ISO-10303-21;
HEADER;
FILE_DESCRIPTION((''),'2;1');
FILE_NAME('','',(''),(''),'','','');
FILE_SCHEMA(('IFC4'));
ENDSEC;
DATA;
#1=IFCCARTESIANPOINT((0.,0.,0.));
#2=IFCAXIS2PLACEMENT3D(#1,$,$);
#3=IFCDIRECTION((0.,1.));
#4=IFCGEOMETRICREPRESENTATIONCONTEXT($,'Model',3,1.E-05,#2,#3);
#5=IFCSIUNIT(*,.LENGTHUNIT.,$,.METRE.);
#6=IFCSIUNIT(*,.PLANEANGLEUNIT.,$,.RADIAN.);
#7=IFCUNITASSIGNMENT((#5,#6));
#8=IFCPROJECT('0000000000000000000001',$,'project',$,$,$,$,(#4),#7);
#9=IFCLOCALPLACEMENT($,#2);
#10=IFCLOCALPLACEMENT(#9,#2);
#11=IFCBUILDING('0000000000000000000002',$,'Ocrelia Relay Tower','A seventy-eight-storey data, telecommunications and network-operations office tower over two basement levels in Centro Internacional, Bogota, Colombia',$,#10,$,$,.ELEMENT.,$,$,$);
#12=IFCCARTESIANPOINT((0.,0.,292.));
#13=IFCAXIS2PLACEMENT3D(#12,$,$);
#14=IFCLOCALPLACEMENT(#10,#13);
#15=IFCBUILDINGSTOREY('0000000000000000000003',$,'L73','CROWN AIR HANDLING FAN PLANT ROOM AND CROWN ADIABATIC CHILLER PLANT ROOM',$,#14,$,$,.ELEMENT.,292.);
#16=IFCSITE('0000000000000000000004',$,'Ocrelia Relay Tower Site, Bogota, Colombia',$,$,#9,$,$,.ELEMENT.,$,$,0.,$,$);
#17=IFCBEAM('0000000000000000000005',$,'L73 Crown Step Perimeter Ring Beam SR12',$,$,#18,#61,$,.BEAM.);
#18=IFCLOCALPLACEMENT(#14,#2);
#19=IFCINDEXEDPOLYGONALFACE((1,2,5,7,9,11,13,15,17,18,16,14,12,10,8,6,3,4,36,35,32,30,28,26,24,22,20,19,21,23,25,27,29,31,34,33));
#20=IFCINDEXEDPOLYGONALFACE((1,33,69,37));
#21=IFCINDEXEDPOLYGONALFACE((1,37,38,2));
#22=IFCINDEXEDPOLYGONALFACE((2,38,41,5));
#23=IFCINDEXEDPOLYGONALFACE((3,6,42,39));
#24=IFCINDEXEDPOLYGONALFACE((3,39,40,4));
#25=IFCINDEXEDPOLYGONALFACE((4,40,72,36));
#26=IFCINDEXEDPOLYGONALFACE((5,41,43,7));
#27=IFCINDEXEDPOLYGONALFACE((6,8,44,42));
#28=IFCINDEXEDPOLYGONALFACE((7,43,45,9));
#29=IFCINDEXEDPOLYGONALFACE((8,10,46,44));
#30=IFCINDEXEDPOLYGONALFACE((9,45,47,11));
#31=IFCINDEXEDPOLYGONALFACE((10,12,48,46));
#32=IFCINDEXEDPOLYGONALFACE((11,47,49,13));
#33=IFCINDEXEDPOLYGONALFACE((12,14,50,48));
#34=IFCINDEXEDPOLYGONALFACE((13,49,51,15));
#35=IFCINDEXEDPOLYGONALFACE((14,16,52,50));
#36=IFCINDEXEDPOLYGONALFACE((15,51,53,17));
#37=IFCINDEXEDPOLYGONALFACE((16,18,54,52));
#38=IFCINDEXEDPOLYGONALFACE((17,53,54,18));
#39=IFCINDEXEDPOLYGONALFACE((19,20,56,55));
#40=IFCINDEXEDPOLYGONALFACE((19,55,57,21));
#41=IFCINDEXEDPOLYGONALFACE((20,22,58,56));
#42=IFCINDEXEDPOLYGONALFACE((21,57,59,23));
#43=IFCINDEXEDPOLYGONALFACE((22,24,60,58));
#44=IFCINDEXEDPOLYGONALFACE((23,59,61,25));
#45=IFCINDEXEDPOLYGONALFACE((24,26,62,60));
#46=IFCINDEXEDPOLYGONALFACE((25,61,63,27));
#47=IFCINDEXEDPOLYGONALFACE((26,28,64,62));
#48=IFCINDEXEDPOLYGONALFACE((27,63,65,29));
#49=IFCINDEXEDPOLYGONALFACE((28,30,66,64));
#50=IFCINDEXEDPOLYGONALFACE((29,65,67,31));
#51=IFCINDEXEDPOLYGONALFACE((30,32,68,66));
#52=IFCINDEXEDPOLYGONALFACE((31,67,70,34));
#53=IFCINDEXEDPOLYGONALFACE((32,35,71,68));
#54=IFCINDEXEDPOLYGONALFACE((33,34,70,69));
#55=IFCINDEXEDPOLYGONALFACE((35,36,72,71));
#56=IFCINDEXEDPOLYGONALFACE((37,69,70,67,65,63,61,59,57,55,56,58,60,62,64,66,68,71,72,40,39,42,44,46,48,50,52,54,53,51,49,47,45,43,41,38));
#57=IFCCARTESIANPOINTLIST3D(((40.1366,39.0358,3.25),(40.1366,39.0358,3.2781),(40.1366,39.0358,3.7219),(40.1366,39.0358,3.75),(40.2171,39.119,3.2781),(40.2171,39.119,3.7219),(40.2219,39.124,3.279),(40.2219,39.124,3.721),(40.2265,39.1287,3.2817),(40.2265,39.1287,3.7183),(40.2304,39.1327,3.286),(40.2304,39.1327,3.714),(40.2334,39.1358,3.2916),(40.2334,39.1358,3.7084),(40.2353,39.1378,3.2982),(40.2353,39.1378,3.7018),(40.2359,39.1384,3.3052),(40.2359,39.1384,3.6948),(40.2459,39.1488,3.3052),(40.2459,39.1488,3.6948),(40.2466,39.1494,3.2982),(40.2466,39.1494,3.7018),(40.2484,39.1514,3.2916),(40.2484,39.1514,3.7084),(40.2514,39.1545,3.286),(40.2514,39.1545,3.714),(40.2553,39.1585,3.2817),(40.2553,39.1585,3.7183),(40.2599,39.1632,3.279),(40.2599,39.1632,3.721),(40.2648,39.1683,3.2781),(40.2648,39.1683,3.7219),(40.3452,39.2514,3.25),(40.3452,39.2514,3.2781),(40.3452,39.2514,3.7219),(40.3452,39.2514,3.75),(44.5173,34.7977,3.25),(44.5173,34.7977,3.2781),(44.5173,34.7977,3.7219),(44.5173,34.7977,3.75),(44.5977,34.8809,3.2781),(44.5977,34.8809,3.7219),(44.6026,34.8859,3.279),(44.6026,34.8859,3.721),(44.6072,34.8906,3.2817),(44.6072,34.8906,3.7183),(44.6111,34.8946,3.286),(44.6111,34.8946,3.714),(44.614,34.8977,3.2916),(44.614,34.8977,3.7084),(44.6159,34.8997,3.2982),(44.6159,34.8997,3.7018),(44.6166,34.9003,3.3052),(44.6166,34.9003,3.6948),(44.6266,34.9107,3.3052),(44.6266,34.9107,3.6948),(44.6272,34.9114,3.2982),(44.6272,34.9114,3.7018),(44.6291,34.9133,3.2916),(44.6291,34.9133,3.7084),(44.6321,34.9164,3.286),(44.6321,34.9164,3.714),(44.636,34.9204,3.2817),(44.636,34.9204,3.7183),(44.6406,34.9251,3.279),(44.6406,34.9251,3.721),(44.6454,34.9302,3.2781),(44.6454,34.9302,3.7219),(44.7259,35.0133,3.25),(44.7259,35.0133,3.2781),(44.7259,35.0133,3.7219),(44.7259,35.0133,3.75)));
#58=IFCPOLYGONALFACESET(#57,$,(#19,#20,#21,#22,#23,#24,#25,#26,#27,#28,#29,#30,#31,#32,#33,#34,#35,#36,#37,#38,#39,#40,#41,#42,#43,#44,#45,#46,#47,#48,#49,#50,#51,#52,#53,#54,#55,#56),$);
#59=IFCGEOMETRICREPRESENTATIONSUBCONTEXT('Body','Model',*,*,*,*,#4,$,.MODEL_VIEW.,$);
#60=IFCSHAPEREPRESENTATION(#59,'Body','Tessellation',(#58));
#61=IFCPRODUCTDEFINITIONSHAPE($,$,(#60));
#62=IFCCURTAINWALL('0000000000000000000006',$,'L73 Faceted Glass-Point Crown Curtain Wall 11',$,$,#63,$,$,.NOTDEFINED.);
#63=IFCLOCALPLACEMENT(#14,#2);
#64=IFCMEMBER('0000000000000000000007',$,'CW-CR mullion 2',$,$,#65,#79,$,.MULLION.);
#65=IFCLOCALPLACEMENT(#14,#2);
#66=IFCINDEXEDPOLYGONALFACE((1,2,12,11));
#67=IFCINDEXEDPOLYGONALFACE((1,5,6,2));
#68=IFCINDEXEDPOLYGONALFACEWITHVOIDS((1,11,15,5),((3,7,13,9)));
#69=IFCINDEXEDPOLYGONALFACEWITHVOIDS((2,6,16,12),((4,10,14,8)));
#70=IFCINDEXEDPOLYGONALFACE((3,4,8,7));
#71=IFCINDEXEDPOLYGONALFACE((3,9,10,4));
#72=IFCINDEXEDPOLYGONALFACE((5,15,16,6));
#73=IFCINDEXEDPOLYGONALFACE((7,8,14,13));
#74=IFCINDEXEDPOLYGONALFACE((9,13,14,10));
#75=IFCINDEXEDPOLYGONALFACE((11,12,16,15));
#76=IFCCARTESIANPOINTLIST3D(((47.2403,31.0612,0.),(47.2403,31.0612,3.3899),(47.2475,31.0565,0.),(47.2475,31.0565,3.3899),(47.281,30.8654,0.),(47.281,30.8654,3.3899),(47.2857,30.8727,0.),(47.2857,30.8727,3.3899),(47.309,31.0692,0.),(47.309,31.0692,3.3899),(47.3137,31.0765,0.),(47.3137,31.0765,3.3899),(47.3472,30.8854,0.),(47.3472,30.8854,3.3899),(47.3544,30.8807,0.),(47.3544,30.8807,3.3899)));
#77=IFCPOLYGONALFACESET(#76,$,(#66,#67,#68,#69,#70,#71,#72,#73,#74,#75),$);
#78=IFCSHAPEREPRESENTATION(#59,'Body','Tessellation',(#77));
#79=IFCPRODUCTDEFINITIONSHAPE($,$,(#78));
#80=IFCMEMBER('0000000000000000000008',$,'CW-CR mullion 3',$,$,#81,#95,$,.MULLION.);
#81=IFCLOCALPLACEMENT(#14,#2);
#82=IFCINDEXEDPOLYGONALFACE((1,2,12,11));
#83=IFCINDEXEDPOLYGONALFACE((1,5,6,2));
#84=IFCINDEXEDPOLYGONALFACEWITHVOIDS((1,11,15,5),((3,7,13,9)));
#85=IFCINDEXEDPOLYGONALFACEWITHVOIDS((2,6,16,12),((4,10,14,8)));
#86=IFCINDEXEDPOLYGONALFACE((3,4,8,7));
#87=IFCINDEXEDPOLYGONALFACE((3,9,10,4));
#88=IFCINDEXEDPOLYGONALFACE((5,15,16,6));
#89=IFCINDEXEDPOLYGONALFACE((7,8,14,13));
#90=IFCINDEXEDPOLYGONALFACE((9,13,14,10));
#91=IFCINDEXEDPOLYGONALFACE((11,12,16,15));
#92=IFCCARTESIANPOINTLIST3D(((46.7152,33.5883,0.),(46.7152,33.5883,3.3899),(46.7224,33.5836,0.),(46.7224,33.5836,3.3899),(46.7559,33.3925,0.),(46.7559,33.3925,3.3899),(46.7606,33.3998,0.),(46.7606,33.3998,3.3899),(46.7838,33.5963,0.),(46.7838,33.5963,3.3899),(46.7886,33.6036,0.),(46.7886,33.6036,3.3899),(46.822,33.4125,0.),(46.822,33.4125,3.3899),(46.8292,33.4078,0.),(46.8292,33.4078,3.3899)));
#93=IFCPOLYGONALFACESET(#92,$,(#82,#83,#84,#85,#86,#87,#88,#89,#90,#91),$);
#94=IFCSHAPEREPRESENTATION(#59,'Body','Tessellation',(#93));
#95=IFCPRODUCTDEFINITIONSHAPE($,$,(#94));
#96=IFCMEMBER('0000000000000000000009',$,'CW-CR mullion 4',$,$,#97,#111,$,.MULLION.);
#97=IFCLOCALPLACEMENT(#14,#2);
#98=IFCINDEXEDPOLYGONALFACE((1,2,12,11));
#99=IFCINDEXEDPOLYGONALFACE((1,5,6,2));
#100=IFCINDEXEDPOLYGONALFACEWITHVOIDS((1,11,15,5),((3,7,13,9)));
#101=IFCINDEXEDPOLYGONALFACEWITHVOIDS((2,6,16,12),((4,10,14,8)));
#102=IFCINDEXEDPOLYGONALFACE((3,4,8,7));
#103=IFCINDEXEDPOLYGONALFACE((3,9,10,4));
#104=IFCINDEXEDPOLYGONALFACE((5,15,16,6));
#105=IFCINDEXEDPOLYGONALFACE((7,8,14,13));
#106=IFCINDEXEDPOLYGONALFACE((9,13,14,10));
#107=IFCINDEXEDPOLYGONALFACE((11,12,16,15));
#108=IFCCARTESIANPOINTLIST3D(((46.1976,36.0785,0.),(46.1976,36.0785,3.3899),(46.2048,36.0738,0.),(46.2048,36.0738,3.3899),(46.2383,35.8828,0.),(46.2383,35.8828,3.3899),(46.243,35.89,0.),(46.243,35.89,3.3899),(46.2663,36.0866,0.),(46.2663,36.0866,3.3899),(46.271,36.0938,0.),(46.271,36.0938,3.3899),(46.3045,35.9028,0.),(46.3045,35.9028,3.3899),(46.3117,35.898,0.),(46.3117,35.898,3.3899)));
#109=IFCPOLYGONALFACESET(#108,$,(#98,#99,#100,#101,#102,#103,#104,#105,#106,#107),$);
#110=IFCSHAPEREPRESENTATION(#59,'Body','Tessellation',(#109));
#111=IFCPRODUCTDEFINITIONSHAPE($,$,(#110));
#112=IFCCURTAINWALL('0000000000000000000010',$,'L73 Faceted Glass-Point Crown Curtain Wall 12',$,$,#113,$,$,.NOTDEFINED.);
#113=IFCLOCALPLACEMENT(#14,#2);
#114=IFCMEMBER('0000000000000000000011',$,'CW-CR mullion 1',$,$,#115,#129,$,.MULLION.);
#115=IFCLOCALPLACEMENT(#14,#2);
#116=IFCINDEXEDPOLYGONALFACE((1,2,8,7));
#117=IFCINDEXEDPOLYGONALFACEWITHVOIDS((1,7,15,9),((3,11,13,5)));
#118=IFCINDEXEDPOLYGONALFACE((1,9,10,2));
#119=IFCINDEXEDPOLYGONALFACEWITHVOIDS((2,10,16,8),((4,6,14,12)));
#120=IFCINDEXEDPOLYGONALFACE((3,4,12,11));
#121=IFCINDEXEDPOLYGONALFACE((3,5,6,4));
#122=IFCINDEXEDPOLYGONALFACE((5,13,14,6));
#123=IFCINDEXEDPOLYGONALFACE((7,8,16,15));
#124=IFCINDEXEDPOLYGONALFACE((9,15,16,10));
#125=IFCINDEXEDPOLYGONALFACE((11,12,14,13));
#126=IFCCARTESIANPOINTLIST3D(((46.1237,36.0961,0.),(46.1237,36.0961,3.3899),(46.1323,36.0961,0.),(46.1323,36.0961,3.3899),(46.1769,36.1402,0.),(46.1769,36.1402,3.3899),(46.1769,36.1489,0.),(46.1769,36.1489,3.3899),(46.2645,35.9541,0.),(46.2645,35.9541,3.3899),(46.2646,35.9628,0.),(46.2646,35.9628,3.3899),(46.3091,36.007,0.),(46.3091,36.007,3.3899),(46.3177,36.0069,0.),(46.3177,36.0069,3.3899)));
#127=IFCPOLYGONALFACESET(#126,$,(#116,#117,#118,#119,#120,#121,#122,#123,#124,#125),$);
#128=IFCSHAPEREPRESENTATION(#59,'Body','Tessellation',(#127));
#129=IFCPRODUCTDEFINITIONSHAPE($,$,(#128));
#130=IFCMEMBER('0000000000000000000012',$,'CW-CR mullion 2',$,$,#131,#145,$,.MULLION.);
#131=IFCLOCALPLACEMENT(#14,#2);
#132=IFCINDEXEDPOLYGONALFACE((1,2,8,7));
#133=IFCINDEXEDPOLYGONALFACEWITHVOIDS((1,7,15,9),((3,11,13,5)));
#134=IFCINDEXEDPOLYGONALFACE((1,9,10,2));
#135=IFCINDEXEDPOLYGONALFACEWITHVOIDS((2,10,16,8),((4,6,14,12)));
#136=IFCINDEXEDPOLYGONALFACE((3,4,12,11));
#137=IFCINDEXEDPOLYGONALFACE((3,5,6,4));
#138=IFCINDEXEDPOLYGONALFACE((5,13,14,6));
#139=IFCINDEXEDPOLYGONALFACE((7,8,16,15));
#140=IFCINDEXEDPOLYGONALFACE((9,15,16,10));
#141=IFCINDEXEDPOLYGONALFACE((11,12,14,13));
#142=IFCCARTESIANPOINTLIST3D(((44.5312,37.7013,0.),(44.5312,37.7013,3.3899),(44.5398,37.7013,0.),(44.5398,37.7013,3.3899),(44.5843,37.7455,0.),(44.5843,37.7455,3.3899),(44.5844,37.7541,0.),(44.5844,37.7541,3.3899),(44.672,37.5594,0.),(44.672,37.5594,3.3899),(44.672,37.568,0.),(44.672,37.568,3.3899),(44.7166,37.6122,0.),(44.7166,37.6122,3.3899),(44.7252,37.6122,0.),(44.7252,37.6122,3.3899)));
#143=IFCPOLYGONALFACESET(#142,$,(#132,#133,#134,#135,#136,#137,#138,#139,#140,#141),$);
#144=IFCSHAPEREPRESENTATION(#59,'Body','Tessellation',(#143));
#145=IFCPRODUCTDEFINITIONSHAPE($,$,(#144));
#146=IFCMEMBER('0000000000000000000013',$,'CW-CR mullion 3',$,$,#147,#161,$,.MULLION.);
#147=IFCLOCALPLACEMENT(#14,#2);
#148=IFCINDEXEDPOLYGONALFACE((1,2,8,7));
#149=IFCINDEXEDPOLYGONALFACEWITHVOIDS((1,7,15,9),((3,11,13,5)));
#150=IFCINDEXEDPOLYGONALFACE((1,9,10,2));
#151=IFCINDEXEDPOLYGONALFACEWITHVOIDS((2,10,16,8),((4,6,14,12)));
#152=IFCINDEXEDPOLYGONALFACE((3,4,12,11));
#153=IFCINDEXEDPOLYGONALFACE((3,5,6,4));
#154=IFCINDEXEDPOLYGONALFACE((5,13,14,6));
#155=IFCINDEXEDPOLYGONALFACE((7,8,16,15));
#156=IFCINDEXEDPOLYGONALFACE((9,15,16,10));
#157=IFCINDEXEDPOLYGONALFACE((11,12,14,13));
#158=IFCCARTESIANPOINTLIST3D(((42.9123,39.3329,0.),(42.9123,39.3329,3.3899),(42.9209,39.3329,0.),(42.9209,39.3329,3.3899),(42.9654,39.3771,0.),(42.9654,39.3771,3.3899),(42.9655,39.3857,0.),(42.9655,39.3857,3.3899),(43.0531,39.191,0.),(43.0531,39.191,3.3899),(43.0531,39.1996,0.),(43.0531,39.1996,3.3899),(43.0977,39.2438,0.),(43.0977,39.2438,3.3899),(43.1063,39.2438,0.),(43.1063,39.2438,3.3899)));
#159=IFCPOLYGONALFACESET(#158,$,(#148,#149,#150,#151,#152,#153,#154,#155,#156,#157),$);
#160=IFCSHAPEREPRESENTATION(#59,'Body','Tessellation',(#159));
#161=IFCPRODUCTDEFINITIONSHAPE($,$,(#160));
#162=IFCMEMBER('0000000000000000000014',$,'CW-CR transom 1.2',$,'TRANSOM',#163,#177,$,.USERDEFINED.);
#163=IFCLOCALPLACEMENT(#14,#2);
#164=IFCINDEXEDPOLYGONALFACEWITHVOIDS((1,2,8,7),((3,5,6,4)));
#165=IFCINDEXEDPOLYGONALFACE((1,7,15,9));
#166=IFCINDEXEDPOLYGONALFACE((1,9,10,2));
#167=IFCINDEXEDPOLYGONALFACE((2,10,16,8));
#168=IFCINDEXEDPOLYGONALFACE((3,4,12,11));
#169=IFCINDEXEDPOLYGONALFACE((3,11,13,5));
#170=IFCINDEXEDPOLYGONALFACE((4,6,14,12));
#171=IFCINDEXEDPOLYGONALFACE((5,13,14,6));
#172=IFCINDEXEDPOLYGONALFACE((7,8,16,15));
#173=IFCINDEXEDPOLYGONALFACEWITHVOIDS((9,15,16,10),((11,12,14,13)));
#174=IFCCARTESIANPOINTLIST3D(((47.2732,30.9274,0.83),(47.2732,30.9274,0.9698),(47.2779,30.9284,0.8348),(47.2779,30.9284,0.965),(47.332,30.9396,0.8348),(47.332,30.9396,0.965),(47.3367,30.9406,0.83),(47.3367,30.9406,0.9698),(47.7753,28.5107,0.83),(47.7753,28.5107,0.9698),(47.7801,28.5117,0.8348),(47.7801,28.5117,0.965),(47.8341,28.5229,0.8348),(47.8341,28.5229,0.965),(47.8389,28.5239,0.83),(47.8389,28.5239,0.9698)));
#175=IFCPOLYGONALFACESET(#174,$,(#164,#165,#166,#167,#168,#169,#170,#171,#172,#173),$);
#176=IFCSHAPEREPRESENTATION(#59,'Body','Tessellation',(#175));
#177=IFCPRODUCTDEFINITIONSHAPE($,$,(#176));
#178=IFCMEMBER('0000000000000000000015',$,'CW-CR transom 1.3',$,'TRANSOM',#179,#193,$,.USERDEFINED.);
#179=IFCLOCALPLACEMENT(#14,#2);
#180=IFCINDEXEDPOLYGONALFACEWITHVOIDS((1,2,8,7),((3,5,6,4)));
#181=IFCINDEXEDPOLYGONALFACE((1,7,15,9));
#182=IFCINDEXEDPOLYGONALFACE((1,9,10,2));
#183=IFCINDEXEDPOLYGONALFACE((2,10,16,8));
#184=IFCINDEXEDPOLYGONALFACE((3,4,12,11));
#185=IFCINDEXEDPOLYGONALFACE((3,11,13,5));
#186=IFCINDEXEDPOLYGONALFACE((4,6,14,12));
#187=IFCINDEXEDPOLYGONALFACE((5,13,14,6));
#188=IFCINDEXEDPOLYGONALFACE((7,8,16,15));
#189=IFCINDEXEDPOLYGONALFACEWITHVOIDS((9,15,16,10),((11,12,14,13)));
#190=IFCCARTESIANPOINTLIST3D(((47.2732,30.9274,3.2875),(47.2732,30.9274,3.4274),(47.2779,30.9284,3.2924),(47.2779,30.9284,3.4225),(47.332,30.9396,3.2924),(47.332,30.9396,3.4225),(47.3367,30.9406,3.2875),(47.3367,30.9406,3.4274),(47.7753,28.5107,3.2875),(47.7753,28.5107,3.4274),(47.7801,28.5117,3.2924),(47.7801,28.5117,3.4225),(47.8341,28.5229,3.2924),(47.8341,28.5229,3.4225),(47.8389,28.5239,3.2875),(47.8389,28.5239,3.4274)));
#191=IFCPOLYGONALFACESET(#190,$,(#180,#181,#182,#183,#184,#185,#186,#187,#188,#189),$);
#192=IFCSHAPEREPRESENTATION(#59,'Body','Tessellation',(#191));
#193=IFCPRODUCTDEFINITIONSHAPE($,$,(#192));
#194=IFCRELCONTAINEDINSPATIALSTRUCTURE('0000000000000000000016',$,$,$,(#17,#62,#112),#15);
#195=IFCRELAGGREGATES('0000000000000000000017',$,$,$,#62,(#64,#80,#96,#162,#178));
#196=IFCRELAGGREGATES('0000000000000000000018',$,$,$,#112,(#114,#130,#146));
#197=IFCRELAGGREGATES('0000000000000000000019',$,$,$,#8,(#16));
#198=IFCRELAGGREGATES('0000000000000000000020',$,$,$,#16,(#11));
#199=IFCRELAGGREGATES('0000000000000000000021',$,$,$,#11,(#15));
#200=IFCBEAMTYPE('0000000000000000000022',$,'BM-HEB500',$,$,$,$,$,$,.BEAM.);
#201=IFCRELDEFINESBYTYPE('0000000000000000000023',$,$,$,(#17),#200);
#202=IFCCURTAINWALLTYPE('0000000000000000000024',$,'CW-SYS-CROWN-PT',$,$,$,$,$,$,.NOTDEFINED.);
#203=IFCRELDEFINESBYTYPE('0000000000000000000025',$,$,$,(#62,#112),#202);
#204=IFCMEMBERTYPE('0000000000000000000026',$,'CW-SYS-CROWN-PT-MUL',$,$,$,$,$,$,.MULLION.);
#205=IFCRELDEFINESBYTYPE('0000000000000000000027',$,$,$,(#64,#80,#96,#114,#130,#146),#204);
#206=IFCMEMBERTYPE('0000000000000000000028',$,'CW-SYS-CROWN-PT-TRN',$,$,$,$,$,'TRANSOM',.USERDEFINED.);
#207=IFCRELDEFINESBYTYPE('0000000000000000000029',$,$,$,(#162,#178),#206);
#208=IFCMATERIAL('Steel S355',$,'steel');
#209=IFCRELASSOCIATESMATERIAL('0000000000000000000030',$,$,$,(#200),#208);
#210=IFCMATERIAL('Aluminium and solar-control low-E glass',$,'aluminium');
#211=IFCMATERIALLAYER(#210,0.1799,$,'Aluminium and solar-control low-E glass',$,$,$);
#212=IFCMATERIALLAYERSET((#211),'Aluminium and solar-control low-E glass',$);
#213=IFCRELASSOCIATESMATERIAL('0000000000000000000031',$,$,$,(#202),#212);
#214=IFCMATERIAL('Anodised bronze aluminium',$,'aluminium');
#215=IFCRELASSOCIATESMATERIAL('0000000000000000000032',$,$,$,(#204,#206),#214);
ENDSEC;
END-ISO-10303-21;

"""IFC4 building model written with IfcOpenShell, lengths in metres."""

from ifc_helpers import new_model, si_unit, direction, frame, origin, origin_2d, place, context, subcontext, project, spatial, hollow_rectangle, i_section, extrude, material, layer, layer_set, material_profile, profile_set, type_object, element, aggregate, save


model = new_model("IFC4")

# Units and contexts
model_context = context("Model", 3, precision=1e-05, world=origin(), true_north=direction((0.0, 1.0)))
body_context = subcontext(model_context, "Body", "Model", "MODEL_VIEW")
ifc_project = project(units=[si_unit("LENGTHUNIT", "METRE"), si_unit("PLANEANGLEUNIT", "RADIAN")], contexts=[model_context])

# Site, building, storey
site_placement = place(None, origin())
site = spatial("IfcSite", under=ifc_project, at=site_placement, Name="Ocrelia Relay Tower Site, Bogota, Colombia", CompositionType="ELEMENT", RefElevation=0.0)
building_placement = place(site_placement, origin())
building = spatial("IfcBuilding", under=site, at=building_placement, Name="Ocrelia Relay Tower", Description="A seventy-eight-storey data, telecommunications and network-operations office tower over two basement levels in Centro Internacional, Bogota, Colombia", CompositionType="ELEMENT")
storey_placement = place(building_placement, frame((0.0, 0.0, 292.0)))
storey = spatial("IfcBuildingStorey", under=building, at=storey_placement, Name="L73", Description="CROWN AIR HANDLING FAN PLANT ROOM AND CROWN ADIABATIC CHILLER PLANT ROOM", CompositionType="ELEMENT", Elevation=292.0)

# Beam
ifc_material_1 = material(Name="Steel S355", Category="steel")
ifc_material_profile_1 = material_profile(ifc_material_1, i_section(OverallWidth=0.3, OverallDepth=0.5, WebThickness=0.0144, FlangeThickness=0.0281, FilletRadius=0.0271, at=origin_2d()), Name="HEB 500")
ifc_profile_set_1 = profile_set([ifc_material_profile_1], Name="Steel S355")
beam_type_1 = type_object("IfcBeamType", Name="BM-HEB500", PredefinedType="BEAM", material=ifc_profile_set_1)
beam_1_placement = place(storey_placement, frame((44.6216, 34.9055, 3.5), z_axis=(-0.718706, 0.695314, 0.0), x_axis=(-0.695314, -0.718706, 0.0)))
element("IfcBeam", 1, at=beam_1_placement, inside=storey, type_object=beam_type_1, Name="L73 Crown Step Perimeter Ring Beam SR12", PredefinedType="BEAM", context=body_context, shape_type="SweptSolid", body=[
    extrude(i_section(OverallWidth=0.3, OverallDepth=0.5, WebThickness=0.0144, FlangeThickness=0.0281, FilletRadius=0.0271, at=origin_2d()), origin(), (0.0, 0.0, 1.0), 6.0952),
])

# Curtain walls, members
ifc_material_2 = material(Name="Aluminium and solar-control low-E glass", Category="aluminium")
ifc_layer_1 = layer(ifc_material_2, 0.1799, Name="Aluminium and solar-control low-E glass")
ifc_layer_set_1 = layer_set([ifc_layer_1], Name="Aluminium and solar-control low-E glass")
curtain_wall_type = type_object("IfcCurtainWallType", Name="CW-SYS-CROWN-PT", PredefinedType="NOTDEFINED", material=ifc_layer_set_1)
curtain_wall_1_placement = place(storey_placement, origin())
curtain_wall_1 = element("IfcCurtainWall", 2, at=curtain_wall_1_placement, inside=storey, type_object=curtain_wall_type, Name="L73 Faceted Glass-Point Crown Curtain Wall 11", PredefinedType="NOTDEFINED")
ifc_material_3 = material(Name="Anodised bronze aluminium", Category="aluminium")
ifc_material_profile_2 = material_profile(ifc_material_3, hollow_rectangle(XDim=0.075, YDim=0.2, WallThickness=0.0061, at=origin_2d()), Name="CW-MUL-200x75")
ifc_profile_set_2 = profile_set([ifc_material_profile_2], Name="Anodised bronze aluminium")
member_type_1 = type_object("IfcMemberType", Name="CW-SYS-CROWN-PT-MUL", PredefinedType="MULLION", material=ifc_profile_set_2)
member_1_placement = place(storey_placement, frame((47.2974, 30.9709, 0.0), z_axis=(0.0, 0.0, 1.0), x_axis=(-0.979084, -0.203457, 0.0)))
member_1 = element("IfcMember", 3, at=member_1_placement, type_object=member_type_1, Name="CW-CR mullion 2", PredefinedType="MULLION", context=body_context, shape_type="SweptSolid", body=[
    extrude(hollow_rectangle(XDim=0.075, YDim=0.2, WallThickness=0.0061, at=origin_2d()), origin(), (0.0, 0.0, 1.0), 3.3899),
])
member_2_placement = place(storey_placement, frame((46.7722, 33.498, 0.0), z_axis=(0.0, 0.0, 1.0), x_axis=(-0.979084, -0.203457, 0.0)))
member_2 = element("IfcMember", 4, at=member_2_placement, type_object=member_type_1, Name="CW-CR mullion 3", PredefinedType="MULLION", context=body_context, shape_type="SweptSolid", body=[
    extrude(hollow_rectangle(XDim=0.075, YDim=0.2, WallThickness=0.0061, at=origin_2d()), origin(), (0.0, 0.0, 1.0), 3.3899),
])
member_3_placement = place(storey_placement, frame((46.2546, 35.9883, 0.0), z_axis=(0.0, 0.0, 1.0), x_axis=(-0.979084, -0.203457, 0.0)))
member_3 = element("IfcMember", 5, at=member_3_placement, type_object=member_type_1, Name="CW-CR mullion 4", PredefinedType="MULLION", context=body_context, shape_type="SweptSolid", body=[
    extrude(hollow_rectangle(XDim=0.075, YDim=0.2, WallThickness=0.0061, at=origin_2d()), origin(), (0.0, 0.0, 1.0), 3.3899),
])
curtain_wall_2_placement = place(storey_placement, origin())
curtain_wall_2 = element("IfcCurtainWall", 6, at=curtain_wall_2_placement, inside=storey, type_object=curtain_wall_type, Name="L73 Faceted Glass-Point Crown Curtain Wall 12", PredefinedType="NOTDEFINED")
member_4_placement = place(storey_placement, frame((46.2207, 36.0515, 0.0), z_axis=(0.0, 0.0, 1.0), x_axis=(-0.709871, -0.704332, 0.0)))
member_4 = element("IfcMember", 7, at=member_4_placement, type_object=member_type_1, Name="CW-CR mullion 1", PredefinedType="MULLION", context=body_context, shape_type="SweptSolid", body=[
    extrude(hollow_rectangle(XDim=0.075, YDim=0.2, WallThickness=0.0061, at=origin_2d()), origin(), (0.0, 0.0, 1.0), 3.3899),
])
member_5_placement = place(storey_placement, frame((44.6282, 37.6567, 0.0), z_axis=(0.0, 0.0, 1.0), x_axis=(-0.709871, -0.704332, 0.0)))
member_5 = element("IfcMember", 8, at=member_5_placement, type_object=member_type_1, Name="CW-CR mullion 2", PredefinedType="MULLION", context=body_context, shape_type="SweptSolid", body=[
    extrude(hollow_rectangle(XDim=0.075, YDim=0.2, WallThickness=0.0061, at=origin_2d()), origin(), (0.0, 0.0, 1.0), 3.3899),
])
member_6_placement = place(storey_placement, frame((43.0093, 39.2883, 0.0), z_axis=(0.0, 0.0, 1.0), x_axis=(-0.709871, -0.704332, 0.0)))
member_6 = element("IfcMember", 9, at=member_6_placement, type_object=member_type_1, Name="CW-CR mullion 3", PredefinedType="MULLION", context=body_context, shape_type="SweptSolid", body=[
    extrude(hollow_rectangle(XDim=0.075, YDim=0.2, WallThickness=0.0061, at=origin_2d()), origin(), (0.0, 0.0, 1.0), 3.3899),
])

# Members
ifc_material_profile_3 = material_profile(ifc_material_3, hollow_rectangle(XDim=0.0649, YDim=0.1399, WallThickness=0.0049, at=origin_2d()), Name="CW-TRN-140x65")
ifc_profile_set_3 = profile_set([ifc_material_profile_3], Name="Anodised bronze aluminium")
member_type_2 = type_object("IfcMemberType", Name="CW-SYS-CROWN-PT-TRN", ElementType="TRANSOM", PredefinedType="USERDEFINED", material=ifc_profile_set_3)
member_7_placement = place(storey_placement, frame((47.8071, 28.5173, 0.8999), z_axis=(-0.203453, 0.979085, 0.0), x_axis=(-0.979085, -0.203453, 0.0)))
member_7 = element("IfcMember", 10, at=member_7_placement, type_object=member_type_2, Name="CW-CR transom 1.2", ObjectType="TRANSOM", PredefinedType="USERDEFINED", context=body_context, shape_type="SweptSolid", body=[
    extrude(hollow_rectangle(XDim=0.0649, YDim=0.1399, WallThickness=0.0049, at=origin_2d()), origin(), (0.0, 0.0, 1.0), 2.4683),
])
member_8_placement = place(storey_placement, frame((47.8071, 28.5173, 3.3574), z_axis=(-0.203453, 0.979085, 0.0), x_axis=(-0.979085, -0.203453, 0.0)))
member_8 = element("IfcMember", 11, at=member_8_placement, type_object=member_type_2, Name="CW-CR transom 1.3", ObjectType="TRANSOM", PredefinedType="USERDEFINED", context=body_context, shape_type="SweptSolid", body=[
    extrude(hollow_rectangle(XDim=0.0649, YDim=0.1399, WallThickness=0.0049, at=origin_2d()), origin(), (0.0, 0.0, 1.0), 2.4683),
])

aggregate(curtain_wall_1, [member_1, member_2, member_3, member_7, member_8])
aggregate(curtain_wall_2, [member_4, member_5, member_6])

save(model, "model.ifc")
